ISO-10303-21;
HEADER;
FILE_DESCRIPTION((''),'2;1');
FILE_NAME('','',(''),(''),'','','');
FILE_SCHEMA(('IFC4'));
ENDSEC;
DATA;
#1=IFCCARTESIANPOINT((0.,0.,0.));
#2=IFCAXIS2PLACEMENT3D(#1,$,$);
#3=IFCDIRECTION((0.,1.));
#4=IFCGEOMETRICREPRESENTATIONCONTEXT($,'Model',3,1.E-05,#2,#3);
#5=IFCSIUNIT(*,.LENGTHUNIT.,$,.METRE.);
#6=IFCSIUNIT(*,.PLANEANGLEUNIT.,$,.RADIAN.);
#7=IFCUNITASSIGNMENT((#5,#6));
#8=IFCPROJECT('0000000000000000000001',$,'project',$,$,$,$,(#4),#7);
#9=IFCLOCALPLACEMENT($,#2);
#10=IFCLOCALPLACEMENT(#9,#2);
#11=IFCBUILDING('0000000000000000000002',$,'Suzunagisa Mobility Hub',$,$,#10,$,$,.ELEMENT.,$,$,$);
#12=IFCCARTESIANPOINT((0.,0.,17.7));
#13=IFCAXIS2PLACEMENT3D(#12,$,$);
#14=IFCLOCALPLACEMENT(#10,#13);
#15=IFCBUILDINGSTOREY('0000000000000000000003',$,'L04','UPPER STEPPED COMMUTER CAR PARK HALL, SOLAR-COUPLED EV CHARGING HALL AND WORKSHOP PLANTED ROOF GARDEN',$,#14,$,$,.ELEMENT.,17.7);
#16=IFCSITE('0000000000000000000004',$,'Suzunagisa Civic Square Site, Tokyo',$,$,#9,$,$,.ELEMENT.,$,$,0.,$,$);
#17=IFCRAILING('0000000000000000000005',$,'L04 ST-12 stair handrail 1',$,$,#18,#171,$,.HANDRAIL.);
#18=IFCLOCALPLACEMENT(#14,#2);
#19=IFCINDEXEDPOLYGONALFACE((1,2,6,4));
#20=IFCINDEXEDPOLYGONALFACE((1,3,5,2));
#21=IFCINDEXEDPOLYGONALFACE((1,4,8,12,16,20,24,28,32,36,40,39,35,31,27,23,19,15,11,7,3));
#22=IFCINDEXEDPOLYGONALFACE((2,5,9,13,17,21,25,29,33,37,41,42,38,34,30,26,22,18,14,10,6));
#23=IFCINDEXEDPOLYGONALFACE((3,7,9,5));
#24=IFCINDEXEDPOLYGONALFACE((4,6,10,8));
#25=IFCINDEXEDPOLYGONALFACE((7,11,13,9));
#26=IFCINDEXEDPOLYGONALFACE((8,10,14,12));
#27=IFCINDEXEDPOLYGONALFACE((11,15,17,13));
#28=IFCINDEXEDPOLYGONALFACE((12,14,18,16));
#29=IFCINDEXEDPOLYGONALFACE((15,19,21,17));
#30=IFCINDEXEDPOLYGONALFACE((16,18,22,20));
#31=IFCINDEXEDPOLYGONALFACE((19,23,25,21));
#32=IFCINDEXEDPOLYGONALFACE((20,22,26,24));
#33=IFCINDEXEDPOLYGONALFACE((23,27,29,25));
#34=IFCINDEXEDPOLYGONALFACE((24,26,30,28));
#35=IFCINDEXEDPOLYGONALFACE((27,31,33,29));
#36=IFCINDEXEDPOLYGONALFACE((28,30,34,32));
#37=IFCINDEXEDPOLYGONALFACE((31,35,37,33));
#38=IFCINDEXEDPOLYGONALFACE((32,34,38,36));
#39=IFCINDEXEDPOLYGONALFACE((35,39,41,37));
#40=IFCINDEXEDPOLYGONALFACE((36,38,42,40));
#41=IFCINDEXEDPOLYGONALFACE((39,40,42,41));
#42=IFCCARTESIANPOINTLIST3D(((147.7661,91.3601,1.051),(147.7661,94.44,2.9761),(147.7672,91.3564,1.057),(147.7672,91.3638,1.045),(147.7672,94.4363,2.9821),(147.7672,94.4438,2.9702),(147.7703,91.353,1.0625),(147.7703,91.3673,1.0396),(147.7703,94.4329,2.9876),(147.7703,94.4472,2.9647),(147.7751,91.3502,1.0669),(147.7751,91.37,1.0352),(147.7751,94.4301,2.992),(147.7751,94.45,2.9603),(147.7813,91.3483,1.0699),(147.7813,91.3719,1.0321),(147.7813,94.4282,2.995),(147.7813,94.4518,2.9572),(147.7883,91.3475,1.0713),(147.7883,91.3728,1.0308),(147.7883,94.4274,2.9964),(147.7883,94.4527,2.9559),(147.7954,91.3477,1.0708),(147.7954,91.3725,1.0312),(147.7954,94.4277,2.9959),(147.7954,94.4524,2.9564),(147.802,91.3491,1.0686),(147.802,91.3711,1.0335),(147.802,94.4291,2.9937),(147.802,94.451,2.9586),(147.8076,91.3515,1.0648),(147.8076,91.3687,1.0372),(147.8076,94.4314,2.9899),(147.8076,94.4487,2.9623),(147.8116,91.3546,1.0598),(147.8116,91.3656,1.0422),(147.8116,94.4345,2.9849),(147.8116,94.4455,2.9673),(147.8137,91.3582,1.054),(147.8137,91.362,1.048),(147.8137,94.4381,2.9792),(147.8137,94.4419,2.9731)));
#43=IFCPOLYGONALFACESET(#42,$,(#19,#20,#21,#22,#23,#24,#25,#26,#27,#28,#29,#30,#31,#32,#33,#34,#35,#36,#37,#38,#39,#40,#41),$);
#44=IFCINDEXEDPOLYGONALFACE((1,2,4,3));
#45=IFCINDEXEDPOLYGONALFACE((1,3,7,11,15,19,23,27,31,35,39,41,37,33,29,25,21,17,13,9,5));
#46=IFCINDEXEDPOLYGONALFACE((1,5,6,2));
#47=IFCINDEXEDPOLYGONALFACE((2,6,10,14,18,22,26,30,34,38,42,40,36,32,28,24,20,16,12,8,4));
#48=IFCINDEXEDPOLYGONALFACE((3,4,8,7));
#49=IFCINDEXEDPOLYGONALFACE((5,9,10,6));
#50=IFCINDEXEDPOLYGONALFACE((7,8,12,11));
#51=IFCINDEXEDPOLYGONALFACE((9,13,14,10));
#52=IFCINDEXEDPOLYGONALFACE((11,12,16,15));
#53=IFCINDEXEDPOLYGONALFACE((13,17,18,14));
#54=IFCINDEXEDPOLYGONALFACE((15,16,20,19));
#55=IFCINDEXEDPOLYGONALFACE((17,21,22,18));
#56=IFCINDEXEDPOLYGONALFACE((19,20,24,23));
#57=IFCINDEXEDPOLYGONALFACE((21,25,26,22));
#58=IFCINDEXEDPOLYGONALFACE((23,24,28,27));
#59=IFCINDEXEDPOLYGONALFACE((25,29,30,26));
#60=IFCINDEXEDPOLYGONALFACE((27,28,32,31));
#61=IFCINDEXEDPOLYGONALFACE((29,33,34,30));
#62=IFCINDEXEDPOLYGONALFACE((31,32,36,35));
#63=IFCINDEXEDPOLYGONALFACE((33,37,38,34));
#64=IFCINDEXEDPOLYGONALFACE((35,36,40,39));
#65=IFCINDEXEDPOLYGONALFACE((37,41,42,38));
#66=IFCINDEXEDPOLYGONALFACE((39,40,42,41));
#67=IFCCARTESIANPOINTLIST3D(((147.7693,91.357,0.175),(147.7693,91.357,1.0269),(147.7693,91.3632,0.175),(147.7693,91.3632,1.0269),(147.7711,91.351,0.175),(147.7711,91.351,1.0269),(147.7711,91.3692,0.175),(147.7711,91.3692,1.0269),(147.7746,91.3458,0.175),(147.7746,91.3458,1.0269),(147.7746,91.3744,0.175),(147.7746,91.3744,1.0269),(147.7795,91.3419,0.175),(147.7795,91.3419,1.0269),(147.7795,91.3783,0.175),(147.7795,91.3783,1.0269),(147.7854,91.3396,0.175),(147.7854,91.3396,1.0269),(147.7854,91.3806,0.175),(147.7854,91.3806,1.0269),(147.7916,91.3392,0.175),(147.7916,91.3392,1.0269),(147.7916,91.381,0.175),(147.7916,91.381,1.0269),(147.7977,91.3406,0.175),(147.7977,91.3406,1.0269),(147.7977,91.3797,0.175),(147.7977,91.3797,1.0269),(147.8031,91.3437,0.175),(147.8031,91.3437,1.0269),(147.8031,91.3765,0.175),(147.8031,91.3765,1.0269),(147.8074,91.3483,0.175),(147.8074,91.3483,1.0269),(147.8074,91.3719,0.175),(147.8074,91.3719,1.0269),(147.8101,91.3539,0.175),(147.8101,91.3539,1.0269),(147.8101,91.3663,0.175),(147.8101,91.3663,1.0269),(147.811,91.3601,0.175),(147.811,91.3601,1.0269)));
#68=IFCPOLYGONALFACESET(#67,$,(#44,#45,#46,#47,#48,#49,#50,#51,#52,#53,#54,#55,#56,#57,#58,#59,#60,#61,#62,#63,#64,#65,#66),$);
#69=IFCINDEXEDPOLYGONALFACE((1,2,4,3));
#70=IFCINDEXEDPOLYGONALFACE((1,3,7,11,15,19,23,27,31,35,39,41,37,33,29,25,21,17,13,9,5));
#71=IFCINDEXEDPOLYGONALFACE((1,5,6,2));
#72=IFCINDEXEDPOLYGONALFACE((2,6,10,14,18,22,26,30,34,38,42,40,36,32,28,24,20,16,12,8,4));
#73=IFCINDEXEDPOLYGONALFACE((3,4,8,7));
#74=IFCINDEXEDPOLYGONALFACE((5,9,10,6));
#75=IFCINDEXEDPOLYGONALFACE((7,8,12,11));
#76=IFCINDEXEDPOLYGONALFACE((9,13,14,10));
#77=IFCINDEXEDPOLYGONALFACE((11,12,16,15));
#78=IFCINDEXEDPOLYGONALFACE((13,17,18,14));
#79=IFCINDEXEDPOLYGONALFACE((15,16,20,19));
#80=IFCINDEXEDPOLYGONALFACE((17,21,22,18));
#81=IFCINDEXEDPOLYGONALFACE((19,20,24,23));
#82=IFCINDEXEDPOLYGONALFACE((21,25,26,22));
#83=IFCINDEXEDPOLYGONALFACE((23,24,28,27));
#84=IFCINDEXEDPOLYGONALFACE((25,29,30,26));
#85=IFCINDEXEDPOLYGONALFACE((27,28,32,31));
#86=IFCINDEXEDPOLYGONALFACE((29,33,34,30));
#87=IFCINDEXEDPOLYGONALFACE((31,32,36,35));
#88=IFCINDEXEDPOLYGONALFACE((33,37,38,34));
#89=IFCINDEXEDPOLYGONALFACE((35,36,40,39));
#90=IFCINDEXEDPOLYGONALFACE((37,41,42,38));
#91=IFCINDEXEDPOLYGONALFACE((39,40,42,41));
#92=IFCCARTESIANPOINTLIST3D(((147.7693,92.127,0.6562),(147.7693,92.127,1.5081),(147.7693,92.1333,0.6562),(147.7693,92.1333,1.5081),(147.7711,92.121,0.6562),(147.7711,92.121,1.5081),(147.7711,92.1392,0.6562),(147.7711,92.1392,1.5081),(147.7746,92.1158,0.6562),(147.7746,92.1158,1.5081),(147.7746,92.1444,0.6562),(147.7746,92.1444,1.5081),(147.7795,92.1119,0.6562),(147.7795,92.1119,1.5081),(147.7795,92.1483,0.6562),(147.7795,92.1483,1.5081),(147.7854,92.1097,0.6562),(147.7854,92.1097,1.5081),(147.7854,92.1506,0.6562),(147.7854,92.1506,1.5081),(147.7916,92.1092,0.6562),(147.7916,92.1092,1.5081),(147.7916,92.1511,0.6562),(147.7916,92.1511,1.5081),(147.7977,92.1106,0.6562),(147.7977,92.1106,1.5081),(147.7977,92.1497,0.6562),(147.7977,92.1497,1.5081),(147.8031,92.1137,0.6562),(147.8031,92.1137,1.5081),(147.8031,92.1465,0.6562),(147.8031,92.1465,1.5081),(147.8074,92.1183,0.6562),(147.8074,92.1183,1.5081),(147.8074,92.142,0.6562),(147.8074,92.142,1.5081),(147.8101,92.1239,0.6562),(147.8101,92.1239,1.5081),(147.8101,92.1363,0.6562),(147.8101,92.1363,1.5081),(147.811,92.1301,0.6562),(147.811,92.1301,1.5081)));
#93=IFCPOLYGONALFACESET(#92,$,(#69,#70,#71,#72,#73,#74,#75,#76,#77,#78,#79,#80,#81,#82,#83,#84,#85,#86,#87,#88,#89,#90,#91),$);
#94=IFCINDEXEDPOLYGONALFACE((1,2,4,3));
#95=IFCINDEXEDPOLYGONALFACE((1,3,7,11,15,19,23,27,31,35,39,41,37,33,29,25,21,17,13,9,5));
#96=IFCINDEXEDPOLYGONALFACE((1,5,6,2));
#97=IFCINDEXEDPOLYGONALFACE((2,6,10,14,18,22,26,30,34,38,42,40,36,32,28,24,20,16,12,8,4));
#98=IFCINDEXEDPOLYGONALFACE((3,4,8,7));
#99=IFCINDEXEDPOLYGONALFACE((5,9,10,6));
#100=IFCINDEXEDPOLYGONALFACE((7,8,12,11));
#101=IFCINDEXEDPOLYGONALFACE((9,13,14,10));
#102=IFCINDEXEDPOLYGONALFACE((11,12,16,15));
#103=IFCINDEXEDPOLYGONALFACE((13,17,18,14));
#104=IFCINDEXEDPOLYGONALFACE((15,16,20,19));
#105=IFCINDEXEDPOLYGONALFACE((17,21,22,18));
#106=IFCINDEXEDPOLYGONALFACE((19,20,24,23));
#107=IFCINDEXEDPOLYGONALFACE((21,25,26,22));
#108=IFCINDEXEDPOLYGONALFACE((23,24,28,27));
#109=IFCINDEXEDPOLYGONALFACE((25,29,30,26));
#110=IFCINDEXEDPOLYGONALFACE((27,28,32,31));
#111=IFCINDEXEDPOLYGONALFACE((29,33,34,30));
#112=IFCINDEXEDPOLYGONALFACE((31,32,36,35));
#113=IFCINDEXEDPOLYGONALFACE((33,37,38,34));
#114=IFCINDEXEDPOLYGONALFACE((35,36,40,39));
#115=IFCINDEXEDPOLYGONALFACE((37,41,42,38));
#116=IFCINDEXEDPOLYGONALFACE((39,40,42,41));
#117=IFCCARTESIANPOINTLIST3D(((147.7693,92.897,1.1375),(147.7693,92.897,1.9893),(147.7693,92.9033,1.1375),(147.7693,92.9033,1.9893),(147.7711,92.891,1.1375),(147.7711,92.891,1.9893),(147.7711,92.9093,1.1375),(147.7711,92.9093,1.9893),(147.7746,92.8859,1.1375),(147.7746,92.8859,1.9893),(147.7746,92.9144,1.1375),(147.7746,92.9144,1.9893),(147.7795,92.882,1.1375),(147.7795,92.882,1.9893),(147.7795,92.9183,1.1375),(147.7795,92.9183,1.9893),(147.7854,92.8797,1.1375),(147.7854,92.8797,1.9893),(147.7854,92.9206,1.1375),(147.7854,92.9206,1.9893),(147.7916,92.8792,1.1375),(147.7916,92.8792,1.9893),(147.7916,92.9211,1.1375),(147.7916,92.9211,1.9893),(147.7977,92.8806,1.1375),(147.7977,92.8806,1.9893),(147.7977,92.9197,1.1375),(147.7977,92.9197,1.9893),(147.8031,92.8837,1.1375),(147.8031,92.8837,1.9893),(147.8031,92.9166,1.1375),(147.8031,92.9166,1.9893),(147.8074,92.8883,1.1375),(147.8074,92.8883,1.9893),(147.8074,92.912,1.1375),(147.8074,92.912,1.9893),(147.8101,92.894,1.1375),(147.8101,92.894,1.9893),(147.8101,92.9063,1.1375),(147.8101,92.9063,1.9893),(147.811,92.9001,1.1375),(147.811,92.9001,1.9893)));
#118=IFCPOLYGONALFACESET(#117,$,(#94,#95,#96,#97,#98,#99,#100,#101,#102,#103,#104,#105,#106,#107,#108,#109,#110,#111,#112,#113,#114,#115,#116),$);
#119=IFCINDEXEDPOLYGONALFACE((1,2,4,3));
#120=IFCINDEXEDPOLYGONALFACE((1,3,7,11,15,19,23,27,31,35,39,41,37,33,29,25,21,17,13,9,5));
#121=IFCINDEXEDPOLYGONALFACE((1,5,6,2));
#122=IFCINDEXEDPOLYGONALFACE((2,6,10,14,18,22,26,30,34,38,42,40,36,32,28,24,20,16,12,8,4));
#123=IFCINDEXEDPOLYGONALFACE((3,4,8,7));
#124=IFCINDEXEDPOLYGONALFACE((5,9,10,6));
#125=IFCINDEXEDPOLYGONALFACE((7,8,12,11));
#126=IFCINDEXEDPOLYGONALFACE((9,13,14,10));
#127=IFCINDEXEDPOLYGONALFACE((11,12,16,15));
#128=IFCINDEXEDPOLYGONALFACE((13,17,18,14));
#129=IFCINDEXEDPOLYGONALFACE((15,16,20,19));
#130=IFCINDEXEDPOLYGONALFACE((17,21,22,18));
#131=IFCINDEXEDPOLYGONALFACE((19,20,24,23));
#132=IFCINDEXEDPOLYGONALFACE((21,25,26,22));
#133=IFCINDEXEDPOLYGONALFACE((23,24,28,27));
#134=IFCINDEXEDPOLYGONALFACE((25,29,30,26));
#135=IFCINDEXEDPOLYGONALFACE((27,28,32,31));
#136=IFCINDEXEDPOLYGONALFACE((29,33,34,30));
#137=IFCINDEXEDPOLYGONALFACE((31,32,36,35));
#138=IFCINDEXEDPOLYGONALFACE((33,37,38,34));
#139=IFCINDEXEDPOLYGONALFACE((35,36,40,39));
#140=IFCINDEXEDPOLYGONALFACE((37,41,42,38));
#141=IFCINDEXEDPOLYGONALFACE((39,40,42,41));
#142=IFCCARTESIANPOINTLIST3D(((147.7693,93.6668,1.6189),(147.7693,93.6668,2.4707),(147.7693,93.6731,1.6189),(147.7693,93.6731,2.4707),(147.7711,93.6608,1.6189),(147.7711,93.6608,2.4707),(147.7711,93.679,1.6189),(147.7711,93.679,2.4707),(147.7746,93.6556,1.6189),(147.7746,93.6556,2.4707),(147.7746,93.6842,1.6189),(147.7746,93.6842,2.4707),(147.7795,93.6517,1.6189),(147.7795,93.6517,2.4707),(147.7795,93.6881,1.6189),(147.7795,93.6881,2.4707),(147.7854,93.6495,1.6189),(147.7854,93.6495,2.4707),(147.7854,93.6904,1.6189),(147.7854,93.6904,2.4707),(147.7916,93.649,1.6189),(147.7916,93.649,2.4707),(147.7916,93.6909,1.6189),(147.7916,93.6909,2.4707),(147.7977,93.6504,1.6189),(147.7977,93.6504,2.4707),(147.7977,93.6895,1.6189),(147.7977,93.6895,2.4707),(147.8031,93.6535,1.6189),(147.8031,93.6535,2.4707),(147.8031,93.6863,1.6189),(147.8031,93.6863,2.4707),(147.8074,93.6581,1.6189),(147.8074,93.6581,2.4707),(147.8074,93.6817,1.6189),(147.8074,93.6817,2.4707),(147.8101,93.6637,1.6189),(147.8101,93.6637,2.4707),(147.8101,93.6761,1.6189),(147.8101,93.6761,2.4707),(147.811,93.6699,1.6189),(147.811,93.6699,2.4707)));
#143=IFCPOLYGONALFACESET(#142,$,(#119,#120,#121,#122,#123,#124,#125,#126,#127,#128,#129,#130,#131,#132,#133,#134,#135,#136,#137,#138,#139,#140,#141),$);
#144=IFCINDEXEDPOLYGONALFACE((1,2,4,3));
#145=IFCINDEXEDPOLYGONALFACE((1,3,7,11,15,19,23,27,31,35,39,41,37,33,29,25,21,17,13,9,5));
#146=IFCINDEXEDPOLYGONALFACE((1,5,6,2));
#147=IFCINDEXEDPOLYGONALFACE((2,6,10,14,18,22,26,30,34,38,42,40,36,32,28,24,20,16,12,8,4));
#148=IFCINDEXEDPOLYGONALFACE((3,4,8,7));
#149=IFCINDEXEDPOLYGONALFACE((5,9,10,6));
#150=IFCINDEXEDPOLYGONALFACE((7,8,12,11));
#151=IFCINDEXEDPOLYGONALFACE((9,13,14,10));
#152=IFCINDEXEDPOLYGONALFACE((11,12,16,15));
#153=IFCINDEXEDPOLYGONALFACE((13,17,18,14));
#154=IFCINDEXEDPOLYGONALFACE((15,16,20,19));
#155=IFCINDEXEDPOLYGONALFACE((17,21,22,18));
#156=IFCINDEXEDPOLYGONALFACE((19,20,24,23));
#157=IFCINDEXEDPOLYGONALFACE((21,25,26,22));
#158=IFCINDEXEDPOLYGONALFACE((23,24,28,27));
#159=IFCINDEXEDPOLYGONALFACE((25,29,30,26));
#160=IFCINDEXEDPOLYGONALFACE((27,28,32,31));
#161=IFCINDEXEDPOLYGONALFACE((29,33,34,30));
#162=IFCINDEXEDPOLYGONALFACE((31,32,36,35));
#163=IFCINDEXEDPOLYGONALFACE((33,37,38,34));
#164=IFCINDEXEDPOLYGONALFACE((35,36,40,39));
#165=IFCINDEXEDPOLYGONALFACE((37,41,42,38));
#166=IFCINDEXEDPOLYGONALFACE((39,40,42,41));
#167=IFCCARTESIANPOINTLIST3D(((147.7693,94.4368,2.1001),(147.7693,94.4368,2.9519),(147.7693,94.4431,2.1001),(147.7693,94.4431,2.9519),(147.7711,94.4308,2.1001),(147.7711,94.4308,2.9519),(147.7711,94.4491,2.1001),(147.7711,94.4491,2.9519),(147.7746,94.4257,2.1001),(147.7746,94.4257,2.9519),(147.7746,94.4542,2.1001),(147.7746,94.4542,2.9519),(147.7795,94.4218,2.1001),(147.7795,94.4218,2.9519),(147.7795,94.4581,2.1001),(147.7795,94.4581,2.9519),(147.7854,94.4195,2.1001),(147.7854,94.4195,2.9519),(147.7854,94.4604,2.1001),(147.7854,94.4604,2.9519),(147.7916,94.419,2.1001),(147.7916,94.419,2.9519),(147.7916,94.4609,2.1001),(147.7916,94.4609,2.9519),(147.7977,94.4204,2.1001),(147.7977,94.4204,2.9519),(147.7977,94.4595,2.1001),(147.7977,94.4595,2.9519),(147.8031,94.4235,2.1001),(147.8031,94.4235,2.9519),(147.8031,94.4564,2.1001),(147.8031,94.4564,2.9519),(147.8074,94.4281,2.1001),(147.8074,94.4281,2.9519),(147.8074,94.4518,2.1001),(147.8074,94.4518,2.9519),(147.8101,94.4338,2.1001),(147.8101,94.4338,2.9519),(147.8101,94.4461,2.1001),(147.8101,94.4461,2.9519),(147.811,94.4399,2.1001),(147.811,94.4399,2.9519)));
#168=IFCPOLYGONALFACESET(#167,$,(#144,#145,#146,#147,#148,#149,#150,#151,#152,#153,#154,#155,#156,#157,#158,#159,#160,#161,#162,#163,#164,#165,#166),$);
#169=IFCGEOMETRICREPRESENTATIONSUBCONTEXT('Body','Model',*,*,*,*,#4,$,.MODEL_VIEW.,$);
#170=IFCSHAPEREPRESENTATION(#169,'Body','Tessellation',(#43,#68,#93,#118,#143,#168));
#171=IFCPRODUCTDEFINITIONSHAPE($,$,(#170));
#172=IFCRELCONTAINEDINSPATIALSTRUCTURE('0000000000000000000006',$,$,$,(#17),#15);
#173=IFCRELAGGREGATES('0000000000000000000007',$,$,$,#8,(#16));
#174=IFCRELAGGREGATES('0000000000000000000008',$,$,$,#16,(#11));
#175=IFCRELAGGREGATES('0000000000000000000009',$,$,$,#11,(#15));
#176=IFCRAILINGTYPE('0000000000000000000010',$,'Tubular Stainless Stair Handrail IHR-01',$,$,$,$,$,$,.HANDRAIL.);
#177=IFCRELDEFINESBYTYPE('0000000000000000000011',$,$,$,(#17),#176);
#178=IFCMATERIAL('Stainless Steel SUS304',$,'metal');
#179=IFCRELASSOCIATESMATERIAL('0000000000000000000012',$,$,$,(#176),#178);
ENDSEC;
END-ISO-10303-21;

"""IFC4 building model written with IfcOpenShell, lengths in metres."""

from ifc_helpers import new_model, si_unit, direction, frame, origin, origin_2d, place, context, subcontext, project, spatial, circle, extrude, material, type_object, element, save


model = new_model("IFC4")

# Units and contexts
model_context = context("Model", 3, precision=1e-05, world=origin(), true_north=direction((0.0, 1.0)))
body_context = subcontext(model_context, "Body", "Model", "MODEL_VIEW")
ifc_project = project(units=[si_unit("LENGTHUNIT", "METRE"), si_unit("PLANEANGLEUNIT", "RADIAN")], contexts=[model_context])

# Site, building, storey
site_placement = place(None, origin())
site = spatial("IfcSite", under=ifc_project, at=site_placement, Name="Suzunagisa Civic Square Site, Tokyo", CompositionType="ELEMENT", RefElevation=0.0)
building_placement = place(site_placement, origin())
building = spatial("IfcBuilding", under=site, at=building_placement, Name="Suzunagisa Mobility Hub", CompositionType="ELEMENT")
storey_placement = place(building_placement, frame((0.0, 0.0, 17.7)))
storey = spatial("IfcBuildingStorey", under=building, at=storey_placement, Name="L04", Description="UPPER STEPPED COMMUTER CAR PARK HALL, SOLAR-COUPLED EV CHARGING HALL AND WORKSHOP PLANTED ROOF GARDEN", CompositionType="ELEMENT", Elevation=17.7)

# Railing
ifc_material_1 = material(Name="Stainless Steel SUS304", Category="metal")
railing_type_1 = type_object("IfcRailingType", Name="Tubular Stainless Stair Handrail IHR-01", PredefinedType="HANDRAIL", material=ifc_material_1)
railing_1_placement = place(storey_placement, frame((147.79, 91.3601, 0.175)))
element("IfcRailing", 1, at=railing_1_placement, inside=storey, type_object=railing_type_1, Name="L04 ST-12 stair handrail 1", PredefinedType="HANDRAIL", context=body_context, shape_type="SweptSolid", body=[
    extrude(circle(Radius=0.0239, at=origin_2d()), frame((0.0, 0.0, 0.876), z_axis=(0.0, 0.847979, 0.530029), x_axis=(-1.0, 0.0, 0.0)), (0.0, 0.0, 1.0), 3.6321),
    extrude(circle(Radius=0.021, at=origin_2d()), origin(), (0.0, 0.0, 1.0), 0.8518),
    extrude(circle(Radius=0.021, at=origin_2d()), frame((0.0, 0.77, 0.4812)), (0.0, 0.0, 1.0), 0.8518),
    extrude(circle(Radius=0.021, at=origin_2d()), frame((0.0, 1.54, 0.9624)), (0.0, 0.0, 1.0), 0.8518),
    extrude(circle(Radius=0.021, at=origin_2d()), frame((0.0, 2.3098, 1.4438)), (0.0, 0.0, 1.0), 0.8518),
    extrude(circle(Radius=0.021, at=origin_2d()), frame((0.0, 3.0798, 1.925)), (0.0, 0.0, 1.0), 0.8518),
])

save(model, "model.ifc")
